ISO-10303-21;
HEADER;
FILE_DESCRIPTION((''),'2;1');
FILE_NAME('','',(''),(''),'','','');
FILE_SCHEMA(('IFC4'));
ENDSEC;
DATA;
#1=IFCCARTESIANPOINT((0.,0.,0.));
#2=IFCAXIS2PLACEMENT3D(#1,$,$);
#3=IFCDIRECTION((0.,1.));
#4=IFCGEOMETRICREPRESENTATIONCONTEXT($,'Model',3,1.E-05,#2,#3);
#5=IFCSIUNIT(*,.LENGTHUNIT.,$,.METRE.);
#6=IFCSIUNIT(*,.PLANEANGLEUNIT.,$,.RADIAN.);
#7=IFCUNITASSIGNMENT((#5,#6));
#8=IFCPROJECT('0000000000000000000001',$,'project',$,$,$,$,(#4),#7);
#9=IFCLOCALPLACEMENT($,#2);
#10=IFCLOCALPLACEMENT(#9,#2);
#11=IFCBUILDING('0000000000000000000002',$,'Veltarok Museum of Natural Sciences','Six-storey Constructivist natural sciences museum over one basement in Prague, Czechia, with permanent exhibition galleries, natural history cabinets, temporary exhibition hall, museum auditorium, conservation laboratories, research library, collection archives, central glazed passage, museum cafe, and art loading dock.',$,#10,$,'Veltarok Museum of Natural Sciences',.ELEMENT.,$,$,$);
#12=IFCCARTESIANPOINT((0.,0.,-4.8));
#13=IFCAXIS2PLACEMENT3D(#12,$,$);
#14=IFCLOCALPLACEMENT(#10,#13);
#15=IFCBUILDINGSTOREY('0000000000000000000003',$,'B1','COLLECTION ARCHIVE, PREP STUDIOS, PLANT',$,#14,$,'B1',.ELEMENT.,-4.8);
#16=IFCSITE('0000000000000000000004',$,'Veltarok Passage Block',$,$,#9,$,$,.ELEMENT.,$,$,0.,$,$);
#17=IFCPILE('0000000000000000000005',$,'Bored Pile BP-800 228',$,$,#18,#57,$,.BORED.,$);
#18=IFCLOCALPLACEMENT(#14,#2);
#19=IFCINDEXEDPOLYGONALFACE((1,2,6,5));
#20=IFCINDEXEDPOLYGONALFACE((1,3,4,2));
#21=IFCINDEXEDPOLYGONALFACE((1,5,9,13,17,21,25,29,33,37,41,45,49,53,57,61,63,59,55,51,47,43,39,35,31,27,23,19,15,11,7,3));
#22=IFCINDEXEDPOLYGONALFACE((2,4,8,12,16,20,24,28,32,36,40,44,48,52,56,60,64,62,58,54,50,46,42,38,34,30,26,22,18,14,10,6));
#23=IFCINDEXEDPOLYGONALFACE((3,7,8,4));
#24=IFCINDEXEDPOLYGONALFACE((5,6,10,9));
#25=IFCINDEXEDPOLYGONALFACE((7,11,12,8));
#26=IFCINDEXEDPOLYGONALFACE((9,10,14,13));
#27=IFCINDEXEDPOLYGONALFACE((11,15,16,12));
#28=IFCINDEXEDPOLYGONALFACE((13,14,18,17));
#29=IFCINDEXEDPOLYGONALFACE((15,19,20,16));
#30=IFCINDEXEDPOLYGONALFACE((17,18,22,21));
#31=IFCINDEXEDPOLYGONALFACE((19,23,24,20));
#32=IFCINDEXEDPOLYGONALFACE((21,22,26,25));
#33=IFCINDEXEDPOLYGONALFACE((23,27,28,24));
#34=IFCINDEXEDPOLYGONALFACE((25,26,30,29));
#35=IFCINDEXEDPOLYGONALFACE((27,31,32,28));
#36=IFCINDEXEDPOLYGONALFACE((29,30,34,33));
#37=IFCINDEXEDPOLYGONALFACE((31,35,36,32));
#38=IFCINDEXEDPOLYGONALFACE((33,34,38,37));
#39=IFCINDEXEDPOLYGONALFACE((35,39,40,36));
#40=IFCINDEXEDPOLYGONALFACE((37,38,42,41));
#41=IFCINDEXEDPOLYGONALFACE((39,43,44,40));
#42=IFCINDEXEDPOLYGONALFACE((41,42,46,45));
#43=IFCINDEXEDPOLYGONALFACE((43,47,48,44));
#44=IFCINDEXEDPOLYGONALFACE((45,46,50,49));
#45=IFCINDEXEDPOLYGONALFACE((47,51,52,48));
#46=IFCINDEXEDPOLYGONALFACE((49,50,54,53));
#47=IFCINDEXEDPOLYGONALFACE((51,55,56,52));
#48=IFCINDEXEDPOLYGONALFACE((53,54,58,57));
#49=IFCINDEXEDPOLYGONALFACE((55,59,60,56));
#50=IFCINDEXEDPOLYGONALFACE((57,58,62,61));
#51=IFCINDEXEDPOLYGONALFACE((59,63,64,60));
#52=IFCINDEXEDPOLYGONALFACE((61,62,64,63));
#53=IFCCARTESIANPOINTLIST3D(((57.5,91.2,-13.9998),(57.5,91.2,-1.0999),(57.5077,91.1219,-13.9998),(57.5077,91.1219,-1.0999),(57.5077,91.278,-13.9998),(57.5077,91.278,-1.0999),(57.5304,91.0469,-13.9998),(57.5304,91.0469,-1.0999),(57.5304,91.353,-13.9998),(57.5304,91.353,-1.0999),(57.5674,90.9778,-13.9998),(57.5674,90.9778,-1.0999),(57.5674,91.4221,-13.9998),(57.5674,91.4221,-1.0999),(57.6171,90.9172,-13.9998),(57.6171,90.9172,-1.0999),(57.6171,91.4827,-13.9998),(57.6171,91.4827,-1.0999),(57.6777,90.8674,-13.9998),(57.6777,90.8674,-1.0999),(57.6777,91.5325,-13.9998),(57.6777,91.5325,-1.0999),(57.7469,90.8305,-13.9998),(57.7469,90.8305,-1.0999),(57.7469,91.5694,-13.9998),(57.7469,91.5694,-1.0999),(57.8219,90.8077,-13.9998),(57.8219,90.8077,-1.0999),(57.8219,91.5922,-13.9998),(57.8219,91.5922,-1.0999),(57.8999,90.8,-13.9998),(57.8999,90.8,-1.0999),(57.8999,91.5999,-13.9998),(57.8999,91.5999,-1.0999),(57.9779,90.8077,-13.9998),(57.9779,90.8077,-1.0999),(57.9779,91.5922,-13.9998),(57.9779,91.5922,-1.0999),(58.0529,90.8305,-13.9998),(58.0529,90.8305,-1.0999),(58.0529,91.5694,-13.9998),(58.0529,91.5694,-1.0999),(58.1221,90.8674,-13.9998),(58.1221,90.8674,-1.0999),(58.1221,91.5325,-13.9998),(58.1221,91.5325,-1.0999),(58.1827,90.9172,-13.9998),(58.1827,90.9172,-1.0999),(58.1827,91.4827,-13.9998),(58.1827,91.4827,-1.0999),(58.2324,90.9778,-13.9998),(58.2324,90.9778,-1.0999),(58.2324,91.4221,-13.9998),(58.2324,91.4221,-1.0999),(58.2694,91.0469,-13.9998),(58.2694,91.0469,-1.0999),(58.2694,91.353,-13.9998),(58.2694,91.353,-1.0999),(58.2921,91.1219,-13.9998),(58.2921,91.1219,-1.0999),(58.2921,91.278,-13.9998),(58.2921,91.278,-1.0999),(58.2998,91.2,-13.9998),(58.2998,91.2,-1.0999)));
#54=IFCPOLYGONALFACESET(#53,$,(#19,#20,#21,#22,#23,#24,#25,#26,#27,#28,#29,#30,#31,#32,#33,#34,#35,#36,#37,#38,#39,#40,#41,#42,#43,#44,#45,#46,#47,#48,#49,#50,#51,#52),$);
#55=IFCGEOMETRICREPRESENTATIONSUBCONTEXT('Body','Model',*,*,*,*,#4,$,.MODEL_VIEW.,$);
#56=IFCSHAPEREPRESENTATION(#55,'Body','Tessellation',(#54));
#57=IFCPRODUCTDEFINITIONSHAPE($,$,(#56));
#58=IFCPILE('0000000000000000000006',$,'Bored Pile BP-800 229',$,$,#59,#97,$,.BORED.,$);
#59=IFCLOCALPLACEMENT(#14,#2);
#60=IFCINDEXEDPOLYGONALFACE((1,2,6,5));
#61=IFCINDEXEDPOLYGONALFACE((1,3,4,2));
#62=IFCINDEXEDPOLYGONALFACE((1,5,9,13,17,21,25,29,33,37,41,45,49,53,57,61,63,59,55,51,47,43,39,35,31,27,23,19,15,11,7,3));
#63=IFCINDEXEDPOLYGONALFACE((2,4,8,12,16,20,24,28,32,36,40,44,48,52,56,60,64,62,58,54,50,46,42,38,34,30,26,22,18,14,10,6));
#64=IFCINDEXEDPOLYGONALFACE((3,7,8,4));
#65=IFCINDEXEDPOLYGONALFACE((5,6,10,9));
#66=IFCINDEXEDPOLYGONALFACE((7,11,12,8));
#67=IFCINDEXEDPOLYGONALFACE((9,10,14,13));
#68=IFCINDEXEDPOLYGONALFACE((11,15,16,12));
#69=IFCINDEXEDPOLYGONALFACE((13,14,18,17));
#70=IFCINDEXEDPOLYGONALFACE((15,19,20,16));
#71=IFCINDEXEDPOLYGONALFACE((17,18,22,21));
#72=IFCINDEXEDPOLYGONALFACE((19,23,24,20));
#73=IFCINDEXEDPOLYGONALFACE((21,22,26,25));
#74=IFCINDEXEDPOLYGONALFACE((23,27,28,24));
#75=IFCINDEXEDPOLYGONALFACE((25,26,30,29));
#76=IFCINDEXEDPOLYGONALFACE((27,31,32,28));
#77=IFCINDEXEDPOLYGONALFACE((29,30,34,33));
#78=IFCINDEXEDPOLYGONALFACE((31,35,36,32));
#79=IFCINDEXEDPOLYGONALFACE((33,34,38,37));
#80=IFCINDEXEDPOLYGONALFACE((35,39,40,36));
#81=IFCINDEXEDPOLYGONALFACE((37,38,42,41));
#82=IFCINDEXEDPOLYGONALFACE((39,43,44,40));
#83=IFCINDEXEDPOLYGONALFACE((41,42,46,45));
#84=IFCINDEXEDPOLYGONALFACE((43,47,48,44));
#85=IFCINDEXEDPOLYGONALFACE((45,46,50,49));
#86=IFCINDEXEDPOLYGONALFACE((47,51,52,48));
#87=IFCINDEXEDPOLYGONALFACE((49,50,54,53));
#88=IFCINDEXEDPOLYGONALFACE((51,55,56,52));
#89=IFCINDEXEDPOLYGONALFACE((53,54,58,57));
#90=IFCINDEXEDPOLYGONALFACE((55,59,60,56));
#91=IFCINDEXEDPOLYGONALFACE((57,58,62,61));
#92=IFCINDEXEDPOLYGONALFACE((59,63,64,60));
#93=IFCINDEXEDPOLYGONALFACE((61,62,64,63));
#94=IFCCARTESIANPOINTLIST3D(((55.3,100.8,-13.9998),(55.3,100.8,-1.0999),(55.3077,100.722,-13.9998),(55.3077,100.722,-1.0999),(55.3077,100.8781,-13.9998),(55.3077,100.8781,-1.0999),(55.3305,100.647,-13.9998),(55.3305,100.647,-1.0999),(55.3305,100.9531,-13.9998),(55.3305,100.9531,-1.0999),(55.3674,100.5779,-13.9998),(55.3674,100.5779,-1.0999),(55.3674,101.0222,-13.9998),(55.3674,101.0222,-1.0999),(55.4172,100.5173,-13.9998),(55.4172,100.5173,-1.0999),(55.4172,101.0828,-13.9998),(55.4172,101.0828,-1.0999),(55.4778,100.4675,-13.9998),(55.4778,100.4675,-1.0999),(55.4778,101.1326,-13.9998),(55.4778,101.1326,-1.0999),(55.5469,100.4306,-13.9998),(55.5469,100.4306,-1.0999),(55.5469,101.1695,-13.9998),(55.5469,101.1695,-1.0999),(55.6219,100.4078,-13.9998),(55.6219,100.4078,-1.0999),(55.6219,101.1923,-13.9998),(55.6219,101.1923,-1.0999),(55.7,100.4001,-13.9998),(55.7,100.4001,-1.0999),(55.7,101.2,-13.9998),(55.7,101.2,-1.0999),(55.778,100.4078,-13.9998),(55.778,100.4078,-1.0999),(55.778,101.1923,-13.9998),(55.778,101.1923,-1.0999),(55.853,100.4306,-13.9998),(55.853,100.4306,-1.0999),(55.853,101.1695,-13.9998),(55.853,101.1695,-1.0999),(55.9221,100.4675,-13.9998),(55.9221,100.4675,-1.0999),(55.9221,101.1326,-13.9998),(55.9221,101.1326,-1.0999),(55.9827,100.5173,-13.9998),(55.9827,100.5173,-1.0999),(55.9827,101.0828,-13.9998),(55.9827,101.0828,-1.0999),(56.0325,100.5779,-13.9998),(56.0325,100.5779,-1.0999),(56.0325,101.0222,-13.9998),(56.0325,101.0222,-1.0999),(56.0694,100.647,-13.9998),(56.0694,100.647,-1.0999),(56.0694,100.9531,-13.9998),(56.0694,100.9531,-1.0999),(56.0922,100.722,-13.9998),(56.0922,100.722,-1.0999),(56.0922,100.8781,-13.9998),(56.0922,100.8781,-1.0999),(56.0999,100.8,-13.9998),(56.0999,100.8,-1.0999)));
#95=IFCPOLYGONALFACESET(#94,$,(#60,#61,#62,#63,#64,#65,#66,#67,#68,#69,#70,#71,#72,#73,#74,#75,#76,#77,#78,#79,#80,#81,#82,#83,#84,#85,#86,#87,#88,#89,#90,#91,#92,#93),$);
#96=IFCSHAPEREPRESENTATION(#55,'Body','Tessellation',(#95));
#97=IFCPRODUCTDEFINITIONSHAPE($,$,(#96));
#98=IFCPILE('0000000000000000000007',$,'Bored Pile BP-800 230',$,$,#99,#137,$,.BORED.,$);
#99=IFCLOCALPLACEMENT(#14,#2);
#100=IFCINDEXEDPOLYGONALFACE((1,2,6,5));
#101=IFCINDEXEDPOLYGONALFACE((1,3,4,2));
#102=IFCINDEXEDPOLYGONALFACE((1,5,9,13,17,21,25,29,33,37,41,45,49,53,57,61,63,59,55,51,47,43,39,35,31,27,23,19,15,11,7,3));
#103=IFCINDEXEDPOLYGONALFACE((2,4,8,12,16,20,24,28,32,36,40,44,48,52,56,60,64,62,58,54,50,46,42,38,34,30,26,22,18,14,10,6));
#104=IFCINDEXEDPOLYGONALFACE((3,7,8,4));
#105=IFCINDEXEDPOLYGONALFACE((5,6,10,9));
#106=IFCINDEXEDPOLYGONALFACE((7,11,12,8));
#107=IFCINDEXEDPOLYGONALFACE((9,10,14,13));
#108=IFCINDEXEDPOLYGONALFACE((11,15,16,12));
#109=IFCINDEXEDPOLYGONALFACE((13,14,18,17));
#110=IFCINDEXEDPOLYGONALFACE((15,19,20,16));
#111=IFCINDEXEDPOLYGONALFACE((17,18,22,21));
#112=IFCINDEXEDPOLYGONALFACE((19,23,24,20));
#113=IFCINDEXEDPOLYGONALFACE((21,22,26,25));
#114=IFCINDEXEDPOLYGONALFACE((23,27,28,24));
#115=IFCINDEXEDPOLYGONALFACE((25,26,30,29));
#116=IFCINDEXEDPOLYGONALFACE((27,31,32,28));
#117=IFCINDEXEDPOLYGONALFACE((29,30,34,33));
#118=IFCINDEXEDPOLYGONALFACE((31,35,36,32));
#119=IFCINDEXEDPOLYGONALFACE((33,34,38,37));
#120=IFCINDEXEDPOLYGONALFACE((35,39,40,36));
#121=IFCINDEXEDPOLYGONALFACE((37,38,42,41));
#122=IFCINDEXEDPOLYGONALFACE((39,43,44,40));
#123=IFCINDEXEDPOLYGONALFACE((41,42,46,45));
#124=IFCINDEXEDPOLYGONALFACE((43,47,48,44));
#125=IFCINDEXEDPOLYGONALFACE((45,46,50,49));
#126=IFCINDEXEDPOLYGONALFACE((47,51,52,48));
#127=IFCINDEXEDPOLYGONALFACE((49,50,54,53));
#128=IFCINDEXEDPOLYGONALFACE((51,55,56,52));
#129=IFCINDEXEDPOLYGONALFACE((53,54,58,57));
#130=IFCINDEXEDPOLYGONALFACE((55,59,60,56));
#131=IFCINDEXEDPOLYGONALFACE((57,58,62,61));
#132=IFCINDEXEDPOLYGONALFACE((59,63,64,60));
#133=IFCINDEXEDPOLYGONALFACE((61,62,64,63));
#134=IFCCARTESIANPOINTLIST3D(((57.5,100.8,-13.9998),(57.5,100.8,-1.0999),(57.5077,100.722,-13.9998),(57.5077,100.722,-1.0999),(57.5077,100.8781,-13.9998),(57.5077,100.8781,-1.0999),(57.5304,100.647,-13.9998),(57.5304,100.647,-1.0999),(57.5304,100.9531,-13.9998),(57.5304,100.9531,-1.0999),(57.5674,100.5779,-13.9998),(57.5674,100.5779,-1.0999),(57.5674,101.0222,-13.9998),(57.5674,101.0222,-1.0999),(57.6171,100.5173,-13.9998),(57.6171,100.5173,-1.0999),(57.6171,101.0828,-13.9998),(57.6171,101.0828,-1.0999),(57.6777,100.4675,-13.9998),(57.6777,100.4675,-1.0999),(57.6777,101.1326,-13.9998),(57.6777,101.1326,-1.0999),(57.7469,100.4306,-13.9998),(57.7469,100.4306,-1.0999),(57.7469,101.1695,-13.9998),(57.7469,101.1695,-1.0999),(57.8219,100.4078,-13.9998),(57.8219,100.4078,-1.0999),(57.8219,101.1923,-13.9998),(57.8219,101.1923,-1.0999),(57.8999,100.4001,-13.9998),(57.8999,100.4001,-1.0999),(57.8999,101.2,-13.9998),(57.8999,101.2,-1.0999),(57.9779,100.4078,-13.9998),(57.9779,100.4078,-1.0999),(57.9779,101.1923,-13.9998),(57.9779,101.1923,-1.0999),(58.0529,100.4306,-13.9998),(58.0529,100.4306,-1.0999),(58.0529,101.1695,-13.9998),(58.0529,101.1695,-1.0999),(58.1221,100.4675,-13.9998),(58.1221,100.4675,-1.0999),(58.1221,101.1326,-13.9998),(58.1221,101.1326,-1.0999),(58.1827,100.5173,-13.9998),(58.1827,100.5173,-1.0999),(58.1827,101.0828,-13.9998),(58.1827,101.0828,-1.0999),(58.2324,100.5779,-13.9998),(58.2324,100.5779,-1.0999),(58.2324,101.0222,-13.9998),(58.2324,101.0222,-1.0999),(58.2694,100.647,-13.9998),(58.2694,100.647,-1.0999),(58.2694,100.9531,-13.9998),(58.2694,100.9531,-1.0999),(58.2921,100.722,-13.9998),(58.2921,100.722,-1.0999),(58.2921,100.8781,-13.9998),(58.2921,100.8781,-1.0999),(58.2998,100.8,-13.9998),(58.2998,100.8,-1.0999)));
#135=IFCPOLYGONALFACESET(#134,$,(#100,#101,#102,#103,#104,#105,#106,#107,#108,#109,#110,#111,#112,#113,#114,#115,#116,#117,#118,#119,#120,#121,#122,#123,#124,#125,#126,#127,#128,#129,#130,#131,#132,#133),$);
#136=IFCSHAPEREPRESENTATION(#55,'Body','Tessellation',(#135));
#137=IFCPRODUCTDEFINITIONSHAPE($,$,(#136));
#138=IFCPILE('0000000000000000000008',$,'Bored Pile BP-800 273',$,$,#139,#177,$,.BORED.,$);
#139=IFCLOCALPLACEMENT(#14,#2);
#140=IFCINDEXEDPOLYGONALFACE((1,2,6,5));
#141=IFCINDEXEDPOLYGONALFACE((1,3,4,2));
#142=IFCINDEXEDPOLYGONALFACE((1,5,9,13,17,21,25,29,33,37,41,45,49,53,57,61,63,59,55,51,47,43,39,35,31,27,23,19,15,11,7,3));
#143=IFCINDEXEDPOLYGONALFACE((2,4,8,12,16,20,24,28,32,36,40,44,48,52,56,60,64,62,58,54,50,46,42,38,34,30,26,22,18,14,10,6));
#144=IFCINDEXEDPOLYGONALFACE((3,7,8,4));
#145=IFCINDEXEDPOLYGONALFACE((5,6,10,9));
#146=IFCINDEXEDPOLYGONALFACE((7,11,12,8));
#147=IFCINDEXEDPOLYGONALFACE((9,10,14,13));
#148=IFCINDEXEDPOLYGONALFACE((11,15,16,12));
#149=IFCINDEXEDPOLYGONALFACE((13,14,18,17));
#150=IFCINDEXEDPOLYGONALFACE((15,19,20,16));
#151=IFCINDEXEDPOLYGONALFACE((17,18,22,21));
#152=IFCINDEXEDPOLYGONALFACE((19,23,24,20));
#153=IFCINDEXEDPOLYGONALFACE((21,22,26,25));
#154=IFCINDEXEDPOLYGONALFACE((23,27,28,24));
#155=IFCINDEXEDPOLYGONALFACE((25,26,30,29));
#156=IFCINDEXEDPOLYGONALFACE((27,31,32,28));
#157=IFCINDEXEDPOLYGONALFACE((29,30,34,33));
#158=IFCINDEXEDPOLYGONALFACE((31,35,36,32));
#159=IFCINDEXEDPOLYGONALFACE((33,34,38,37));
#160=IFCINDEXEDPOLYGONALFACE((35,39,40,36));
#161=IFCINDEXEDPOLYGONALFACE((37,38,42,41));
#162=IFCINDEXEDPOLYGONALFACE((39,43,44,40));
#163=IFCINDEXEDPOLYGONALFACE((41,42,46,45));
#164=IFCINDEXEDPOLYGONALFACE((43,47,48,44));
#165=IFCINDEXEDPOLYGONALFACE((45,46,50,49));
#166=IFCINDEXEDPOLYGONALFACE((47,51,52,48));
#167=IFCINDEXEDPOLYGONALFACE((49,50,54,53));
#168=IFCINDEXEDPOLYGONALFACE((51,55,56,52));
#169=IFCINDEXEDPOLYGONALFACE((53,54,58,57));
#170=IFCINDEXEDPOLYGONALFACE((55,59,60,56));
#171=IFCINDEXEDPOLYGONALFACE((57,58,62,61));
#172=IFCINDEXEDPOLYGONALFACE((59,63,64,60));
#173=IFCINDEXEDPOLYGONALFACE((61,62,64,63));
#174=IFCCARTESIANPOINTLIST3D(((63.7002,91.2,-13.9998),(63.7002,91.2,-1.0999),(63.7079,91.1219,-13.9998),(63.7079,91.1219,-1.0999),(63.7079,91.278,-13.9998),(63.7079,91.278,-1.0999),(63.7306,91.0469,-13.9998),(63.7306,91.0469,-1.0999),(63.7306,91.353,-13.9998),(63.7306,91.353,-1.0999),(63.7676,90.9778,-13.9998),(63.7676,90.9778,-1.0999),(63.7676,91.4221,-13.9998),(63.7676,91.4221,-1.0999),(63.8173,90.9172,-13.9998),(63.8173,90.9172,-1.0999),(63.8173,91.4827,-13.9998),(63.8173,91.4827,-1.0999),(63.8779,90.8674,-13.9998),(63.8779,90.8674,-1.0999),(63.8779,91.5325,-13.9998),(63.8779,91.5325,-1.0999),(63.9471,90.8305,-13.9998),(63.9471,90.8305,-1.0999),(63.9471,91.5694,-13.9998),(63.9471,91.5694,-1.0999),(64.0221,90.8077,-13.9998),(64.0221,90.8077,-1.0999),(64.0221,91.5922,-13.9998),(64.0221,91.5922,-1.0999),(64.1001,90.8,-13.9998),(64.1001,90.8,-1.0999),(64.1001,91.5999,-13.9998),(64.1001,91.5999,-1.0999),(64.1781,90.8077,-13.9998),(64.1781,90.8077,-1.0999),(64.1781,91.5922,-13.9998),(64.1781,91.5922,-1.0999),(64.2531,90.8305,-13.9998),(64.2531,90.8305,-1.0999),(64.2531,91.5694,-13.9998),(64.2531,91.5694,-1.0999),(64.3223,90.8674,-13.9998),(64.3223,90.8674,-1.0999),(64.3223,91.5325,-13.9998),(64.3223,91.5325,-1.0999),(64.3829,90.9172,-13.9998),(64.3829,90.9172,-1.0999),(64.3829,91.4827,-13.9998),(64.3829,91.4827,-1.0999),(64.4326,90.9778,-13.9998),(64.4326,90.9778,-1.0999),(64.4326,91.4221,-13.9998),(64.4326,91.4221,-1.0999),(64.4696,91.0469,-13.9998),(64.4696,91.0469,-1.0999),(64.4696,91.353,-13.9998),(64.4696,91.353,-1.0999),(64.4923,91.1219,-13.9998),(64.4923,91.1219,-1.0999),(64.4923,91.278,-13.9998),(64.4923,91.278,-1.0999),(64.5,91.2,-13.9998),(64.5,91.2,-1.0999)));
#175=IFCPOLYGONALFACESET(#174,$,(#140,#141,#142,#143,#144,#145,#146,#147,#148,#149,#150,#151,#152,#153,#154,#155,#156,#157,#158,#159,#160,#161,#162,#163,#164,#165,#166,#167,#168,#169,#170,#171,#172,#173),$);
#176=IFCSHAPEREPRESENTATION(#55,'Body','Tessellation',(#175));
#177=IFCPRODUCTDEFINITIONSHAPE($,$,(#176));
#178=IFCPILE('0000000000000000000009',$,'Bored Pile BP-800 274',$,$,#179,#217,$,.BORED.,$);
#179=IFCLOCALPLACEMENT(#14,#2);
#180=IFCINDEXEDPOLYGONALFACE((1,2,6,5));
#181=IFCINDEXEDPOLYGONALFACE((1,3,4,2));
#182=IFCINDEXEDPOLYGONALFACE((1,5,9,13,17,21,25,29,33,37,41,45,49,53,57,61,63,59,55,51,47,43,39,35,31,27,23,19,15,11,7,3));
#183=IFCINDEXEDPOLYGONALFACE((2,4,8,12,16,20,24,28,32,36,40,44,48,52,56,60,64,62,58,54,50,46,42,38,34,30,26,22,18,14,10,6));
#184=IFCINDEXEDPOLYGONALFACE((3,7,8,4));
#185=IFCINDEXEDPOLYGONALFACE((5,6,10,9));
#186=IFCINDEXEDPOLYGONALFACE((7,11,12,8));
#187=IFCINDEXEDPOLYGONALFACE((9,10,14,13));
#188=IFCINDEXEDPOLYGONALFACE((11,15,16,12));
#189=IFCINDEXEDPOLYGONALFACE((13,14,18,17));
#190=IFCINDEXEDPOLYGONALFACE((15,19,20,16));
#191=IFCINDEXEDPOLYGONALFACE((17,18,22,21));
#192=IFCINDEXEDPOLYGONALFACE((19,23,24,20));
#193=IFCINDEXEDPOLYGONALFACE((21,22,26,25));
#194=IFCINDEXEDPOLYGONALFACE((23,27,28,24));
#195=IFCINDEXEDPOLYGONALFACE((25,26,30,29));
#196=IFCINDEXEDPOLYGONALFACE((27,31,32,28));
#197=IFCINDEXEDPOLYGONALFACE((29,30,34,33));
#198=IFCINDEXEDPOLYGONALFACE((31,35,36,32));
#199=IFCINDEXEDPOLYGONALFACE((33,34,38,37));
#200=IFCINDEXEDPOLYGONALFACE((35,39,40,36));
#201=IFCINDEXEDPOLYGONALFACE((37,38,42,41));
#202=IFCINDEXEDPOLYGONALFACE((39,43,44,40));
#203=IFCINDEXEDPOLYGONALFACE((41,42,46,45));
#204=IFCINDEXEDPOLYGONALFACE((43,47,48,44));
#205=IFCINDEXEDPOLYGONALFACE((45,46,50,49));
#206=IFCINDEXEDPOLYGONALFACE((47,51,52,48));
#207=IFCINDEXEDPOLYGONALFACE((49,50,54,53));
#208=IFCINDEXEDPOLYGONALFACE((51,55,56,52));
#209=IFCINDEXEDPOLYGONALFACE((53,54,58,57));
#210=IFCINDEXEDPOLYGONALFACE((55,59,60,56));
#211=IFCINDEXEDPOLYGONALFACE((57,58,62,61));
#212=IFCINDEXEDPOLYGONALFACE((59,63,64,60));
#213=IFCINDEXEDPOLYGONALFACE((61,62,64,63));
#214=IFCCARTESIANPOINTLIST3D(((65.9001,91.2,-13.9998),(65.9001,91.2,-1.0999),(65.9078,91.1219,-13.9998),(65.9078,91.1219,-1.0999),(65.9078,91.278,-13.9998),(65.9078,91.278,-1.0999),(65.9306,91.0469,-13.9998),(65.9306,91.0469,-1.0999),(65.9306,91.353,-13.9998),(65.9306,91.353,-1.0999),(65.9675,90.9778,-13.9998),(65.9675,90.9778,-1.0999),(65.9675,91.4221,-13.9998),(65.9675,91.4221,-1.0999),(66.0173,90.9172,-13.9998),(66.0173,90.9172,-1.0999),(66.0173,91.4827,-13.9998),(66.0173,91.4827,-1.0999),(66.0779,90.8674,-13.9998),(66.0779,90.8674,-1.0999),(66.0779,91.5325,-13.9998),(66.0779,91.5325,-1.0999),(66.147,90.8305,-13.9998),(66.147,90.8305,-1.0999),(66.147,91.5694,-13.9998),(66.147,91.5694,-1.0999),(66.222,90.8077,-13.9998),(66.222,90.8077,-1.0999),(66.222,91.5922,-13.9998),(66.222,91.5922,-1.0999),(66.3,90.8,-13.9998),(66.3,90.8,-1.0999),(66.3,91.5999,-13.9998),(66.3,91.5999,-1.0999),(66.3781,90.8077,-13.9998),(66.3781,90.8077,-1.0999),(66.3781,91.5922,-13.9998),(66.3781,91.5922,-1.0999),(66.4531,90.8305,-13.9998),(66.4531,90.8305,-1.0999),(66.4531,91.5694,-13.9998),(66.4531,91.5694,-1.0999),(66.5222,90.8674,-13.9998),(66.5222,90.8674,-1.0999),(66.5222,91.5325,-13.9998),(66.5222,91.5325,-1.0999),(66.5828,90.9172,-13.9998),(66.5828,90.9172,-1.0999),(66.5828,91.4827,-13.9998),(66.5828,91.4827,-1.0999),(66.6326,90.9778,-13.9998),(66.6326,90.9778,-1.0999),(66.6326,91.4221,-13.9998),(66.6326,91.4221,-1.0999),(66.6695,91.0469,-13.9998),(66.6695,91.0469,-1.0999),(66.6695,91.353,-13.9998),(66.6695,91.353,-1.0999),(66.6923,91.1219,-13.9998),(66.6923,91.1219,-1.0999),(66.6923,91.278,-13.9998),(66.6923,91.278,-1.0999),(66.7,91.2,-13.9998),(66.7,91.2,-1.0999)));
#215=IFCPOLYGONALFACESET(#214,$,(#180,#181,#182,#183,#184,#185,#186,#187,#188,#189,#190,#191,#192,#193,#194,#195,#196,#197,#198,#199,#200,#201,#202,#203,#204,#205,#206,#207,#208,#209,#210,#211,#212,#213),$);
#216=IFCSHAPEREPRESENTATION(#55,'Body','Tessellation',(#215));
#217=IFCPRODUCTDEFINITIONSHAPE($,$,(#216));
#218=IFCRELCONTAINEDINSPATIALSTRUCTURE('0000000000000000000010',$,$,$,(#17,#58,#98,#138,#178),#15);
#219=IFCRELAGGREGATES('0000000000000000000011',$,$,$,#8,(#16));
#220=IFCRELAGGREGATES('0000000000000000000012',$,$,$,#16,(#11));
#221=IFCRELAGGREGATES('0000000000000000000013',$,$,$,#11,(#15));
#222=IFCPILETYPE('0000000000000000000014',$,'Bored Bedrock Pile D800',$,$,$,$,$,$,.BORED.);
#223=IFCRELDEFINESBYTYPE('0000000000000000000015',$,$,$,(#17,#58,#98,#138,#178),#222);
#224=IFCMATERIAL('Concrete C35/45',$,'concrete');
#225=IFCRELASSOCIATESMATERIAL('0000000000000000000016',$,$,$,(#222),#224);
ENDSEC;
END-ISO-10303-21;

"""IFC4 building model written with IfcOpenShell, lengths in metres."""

from ifc_helpers import new_model, si_unit, direction, frame, origin, origin_2d, place, context, subcontext, project, spatial, circle, extrude, material, material_profile, profile_set, type_object, element, save


model = new_model("IFC4")

# Units and contexts
model_context = context("Model", 3, precision=1e-05, world=origin(), true_north=direction((0.0, 1.0)))
body_context = subcontext(model_context, "Body", "Model", "MODEL_VIEW")
ifc_project = project(units=[si_unit("LENGTHUNIT", "METRE"), si_unit("PLANEANGLEUNIT", "RADIAN")], contexts=[model_context])

# Site, building, storey
site_placement = place(None, origin())
site = spatial("IfcSite", under=ifc_project, at=site_placement, Name="Veltarok Passage Block", CompositionType="ELEMENT", RefElevation=0.0)
building_placement = place(site_placement, origin())
building = spatial("IfcBuilding", under=site, at=building_placement, Name="Veltarok Museum of Natural Sciences", Description="Six-storey Constructivist natural sciences museum over one basement in Prague, Czechia, with permanent exhibition galleries, natural history cabinets, temporary exhibition hall, museum auditorium, conservation laboratories, research library, collection archives, central glazed passage, museum cafe, and art loading dock.", LongName="Veltarok Museum of Natural Sciences", CompositionType="ELEMENT")
storey_placement = place(building_placement, frame((0.0, 0.0, -4.8)))
storey = spatial("IfcBuildingStorey", under=building, at=storey_placement, Name="B1", Description="COLLECTION ARCHIVE, PREP STUDIOS, PLANT", LongName="B1", CompositionType="ELEMENT", Elevation=-4.8)

# Piles
ifc_material_1 = material(Name="Concrete C35/45", Category="concrete")
ifc_material_profile_1 = material_profile(ifc_material_1, circle(Radius=0.3999, at=origin_2d()), Name="BP D800")
ifc_profile_set_1 = profile_set([ifc_material_profile_1], Name="Concrete C35/45")
pile_type = type_object("IfcPileType", Name="Bored Bedrock Pile D800", PredefinedType="BORED", material=ifc_profile_set_1)
for number, where, z_axis, x_axis, name in (
    (1, (57.8999, 91.2, -1.0999), (0.0, 0.0, -1.0), (1.0, 0.0, 0.0), "Bored Pile BP-800 228"),
    (2, (55.7, 100.8, -1.0999), (0.0, 0.0, -1.0), (1.0, 0.0, 0.0), "Bored Pile BP-800 229"),
    (3, (57.8999, 100.8, -1.0999), (0.0, 0.0, -1.0), (1.0, 0.0, 0.0), "Bored Pile BP-800 230"),
    (4, (64.1001, 91.2, -1.0999), (0.0, 0.0, -1.0), (1.0, 0.0, 0.0), "Bored Pile BP-800 273"),
    (5, (66.3, 91.2, -1.0999), (0.0, 0.0, -1.0), (1.0, 0.0, 0.0), "Bored Pile BP-800 274"),
):
    element("IfcPile", number, at=place(storey_placement, frame(where, z_axis=z_axis, x_axis=x_axis)), inside=storey, type_object=pile_type, Name=name, PredefinedType="BORED", context=body_context, shape_type="SweptSolid", body=[
        extrude(circle(Radius=0.3999, at=origin_2d()), origin(), (0.0, 0.0, 1.0), 12.8999),
    ])

save(model, "model.ifc")
